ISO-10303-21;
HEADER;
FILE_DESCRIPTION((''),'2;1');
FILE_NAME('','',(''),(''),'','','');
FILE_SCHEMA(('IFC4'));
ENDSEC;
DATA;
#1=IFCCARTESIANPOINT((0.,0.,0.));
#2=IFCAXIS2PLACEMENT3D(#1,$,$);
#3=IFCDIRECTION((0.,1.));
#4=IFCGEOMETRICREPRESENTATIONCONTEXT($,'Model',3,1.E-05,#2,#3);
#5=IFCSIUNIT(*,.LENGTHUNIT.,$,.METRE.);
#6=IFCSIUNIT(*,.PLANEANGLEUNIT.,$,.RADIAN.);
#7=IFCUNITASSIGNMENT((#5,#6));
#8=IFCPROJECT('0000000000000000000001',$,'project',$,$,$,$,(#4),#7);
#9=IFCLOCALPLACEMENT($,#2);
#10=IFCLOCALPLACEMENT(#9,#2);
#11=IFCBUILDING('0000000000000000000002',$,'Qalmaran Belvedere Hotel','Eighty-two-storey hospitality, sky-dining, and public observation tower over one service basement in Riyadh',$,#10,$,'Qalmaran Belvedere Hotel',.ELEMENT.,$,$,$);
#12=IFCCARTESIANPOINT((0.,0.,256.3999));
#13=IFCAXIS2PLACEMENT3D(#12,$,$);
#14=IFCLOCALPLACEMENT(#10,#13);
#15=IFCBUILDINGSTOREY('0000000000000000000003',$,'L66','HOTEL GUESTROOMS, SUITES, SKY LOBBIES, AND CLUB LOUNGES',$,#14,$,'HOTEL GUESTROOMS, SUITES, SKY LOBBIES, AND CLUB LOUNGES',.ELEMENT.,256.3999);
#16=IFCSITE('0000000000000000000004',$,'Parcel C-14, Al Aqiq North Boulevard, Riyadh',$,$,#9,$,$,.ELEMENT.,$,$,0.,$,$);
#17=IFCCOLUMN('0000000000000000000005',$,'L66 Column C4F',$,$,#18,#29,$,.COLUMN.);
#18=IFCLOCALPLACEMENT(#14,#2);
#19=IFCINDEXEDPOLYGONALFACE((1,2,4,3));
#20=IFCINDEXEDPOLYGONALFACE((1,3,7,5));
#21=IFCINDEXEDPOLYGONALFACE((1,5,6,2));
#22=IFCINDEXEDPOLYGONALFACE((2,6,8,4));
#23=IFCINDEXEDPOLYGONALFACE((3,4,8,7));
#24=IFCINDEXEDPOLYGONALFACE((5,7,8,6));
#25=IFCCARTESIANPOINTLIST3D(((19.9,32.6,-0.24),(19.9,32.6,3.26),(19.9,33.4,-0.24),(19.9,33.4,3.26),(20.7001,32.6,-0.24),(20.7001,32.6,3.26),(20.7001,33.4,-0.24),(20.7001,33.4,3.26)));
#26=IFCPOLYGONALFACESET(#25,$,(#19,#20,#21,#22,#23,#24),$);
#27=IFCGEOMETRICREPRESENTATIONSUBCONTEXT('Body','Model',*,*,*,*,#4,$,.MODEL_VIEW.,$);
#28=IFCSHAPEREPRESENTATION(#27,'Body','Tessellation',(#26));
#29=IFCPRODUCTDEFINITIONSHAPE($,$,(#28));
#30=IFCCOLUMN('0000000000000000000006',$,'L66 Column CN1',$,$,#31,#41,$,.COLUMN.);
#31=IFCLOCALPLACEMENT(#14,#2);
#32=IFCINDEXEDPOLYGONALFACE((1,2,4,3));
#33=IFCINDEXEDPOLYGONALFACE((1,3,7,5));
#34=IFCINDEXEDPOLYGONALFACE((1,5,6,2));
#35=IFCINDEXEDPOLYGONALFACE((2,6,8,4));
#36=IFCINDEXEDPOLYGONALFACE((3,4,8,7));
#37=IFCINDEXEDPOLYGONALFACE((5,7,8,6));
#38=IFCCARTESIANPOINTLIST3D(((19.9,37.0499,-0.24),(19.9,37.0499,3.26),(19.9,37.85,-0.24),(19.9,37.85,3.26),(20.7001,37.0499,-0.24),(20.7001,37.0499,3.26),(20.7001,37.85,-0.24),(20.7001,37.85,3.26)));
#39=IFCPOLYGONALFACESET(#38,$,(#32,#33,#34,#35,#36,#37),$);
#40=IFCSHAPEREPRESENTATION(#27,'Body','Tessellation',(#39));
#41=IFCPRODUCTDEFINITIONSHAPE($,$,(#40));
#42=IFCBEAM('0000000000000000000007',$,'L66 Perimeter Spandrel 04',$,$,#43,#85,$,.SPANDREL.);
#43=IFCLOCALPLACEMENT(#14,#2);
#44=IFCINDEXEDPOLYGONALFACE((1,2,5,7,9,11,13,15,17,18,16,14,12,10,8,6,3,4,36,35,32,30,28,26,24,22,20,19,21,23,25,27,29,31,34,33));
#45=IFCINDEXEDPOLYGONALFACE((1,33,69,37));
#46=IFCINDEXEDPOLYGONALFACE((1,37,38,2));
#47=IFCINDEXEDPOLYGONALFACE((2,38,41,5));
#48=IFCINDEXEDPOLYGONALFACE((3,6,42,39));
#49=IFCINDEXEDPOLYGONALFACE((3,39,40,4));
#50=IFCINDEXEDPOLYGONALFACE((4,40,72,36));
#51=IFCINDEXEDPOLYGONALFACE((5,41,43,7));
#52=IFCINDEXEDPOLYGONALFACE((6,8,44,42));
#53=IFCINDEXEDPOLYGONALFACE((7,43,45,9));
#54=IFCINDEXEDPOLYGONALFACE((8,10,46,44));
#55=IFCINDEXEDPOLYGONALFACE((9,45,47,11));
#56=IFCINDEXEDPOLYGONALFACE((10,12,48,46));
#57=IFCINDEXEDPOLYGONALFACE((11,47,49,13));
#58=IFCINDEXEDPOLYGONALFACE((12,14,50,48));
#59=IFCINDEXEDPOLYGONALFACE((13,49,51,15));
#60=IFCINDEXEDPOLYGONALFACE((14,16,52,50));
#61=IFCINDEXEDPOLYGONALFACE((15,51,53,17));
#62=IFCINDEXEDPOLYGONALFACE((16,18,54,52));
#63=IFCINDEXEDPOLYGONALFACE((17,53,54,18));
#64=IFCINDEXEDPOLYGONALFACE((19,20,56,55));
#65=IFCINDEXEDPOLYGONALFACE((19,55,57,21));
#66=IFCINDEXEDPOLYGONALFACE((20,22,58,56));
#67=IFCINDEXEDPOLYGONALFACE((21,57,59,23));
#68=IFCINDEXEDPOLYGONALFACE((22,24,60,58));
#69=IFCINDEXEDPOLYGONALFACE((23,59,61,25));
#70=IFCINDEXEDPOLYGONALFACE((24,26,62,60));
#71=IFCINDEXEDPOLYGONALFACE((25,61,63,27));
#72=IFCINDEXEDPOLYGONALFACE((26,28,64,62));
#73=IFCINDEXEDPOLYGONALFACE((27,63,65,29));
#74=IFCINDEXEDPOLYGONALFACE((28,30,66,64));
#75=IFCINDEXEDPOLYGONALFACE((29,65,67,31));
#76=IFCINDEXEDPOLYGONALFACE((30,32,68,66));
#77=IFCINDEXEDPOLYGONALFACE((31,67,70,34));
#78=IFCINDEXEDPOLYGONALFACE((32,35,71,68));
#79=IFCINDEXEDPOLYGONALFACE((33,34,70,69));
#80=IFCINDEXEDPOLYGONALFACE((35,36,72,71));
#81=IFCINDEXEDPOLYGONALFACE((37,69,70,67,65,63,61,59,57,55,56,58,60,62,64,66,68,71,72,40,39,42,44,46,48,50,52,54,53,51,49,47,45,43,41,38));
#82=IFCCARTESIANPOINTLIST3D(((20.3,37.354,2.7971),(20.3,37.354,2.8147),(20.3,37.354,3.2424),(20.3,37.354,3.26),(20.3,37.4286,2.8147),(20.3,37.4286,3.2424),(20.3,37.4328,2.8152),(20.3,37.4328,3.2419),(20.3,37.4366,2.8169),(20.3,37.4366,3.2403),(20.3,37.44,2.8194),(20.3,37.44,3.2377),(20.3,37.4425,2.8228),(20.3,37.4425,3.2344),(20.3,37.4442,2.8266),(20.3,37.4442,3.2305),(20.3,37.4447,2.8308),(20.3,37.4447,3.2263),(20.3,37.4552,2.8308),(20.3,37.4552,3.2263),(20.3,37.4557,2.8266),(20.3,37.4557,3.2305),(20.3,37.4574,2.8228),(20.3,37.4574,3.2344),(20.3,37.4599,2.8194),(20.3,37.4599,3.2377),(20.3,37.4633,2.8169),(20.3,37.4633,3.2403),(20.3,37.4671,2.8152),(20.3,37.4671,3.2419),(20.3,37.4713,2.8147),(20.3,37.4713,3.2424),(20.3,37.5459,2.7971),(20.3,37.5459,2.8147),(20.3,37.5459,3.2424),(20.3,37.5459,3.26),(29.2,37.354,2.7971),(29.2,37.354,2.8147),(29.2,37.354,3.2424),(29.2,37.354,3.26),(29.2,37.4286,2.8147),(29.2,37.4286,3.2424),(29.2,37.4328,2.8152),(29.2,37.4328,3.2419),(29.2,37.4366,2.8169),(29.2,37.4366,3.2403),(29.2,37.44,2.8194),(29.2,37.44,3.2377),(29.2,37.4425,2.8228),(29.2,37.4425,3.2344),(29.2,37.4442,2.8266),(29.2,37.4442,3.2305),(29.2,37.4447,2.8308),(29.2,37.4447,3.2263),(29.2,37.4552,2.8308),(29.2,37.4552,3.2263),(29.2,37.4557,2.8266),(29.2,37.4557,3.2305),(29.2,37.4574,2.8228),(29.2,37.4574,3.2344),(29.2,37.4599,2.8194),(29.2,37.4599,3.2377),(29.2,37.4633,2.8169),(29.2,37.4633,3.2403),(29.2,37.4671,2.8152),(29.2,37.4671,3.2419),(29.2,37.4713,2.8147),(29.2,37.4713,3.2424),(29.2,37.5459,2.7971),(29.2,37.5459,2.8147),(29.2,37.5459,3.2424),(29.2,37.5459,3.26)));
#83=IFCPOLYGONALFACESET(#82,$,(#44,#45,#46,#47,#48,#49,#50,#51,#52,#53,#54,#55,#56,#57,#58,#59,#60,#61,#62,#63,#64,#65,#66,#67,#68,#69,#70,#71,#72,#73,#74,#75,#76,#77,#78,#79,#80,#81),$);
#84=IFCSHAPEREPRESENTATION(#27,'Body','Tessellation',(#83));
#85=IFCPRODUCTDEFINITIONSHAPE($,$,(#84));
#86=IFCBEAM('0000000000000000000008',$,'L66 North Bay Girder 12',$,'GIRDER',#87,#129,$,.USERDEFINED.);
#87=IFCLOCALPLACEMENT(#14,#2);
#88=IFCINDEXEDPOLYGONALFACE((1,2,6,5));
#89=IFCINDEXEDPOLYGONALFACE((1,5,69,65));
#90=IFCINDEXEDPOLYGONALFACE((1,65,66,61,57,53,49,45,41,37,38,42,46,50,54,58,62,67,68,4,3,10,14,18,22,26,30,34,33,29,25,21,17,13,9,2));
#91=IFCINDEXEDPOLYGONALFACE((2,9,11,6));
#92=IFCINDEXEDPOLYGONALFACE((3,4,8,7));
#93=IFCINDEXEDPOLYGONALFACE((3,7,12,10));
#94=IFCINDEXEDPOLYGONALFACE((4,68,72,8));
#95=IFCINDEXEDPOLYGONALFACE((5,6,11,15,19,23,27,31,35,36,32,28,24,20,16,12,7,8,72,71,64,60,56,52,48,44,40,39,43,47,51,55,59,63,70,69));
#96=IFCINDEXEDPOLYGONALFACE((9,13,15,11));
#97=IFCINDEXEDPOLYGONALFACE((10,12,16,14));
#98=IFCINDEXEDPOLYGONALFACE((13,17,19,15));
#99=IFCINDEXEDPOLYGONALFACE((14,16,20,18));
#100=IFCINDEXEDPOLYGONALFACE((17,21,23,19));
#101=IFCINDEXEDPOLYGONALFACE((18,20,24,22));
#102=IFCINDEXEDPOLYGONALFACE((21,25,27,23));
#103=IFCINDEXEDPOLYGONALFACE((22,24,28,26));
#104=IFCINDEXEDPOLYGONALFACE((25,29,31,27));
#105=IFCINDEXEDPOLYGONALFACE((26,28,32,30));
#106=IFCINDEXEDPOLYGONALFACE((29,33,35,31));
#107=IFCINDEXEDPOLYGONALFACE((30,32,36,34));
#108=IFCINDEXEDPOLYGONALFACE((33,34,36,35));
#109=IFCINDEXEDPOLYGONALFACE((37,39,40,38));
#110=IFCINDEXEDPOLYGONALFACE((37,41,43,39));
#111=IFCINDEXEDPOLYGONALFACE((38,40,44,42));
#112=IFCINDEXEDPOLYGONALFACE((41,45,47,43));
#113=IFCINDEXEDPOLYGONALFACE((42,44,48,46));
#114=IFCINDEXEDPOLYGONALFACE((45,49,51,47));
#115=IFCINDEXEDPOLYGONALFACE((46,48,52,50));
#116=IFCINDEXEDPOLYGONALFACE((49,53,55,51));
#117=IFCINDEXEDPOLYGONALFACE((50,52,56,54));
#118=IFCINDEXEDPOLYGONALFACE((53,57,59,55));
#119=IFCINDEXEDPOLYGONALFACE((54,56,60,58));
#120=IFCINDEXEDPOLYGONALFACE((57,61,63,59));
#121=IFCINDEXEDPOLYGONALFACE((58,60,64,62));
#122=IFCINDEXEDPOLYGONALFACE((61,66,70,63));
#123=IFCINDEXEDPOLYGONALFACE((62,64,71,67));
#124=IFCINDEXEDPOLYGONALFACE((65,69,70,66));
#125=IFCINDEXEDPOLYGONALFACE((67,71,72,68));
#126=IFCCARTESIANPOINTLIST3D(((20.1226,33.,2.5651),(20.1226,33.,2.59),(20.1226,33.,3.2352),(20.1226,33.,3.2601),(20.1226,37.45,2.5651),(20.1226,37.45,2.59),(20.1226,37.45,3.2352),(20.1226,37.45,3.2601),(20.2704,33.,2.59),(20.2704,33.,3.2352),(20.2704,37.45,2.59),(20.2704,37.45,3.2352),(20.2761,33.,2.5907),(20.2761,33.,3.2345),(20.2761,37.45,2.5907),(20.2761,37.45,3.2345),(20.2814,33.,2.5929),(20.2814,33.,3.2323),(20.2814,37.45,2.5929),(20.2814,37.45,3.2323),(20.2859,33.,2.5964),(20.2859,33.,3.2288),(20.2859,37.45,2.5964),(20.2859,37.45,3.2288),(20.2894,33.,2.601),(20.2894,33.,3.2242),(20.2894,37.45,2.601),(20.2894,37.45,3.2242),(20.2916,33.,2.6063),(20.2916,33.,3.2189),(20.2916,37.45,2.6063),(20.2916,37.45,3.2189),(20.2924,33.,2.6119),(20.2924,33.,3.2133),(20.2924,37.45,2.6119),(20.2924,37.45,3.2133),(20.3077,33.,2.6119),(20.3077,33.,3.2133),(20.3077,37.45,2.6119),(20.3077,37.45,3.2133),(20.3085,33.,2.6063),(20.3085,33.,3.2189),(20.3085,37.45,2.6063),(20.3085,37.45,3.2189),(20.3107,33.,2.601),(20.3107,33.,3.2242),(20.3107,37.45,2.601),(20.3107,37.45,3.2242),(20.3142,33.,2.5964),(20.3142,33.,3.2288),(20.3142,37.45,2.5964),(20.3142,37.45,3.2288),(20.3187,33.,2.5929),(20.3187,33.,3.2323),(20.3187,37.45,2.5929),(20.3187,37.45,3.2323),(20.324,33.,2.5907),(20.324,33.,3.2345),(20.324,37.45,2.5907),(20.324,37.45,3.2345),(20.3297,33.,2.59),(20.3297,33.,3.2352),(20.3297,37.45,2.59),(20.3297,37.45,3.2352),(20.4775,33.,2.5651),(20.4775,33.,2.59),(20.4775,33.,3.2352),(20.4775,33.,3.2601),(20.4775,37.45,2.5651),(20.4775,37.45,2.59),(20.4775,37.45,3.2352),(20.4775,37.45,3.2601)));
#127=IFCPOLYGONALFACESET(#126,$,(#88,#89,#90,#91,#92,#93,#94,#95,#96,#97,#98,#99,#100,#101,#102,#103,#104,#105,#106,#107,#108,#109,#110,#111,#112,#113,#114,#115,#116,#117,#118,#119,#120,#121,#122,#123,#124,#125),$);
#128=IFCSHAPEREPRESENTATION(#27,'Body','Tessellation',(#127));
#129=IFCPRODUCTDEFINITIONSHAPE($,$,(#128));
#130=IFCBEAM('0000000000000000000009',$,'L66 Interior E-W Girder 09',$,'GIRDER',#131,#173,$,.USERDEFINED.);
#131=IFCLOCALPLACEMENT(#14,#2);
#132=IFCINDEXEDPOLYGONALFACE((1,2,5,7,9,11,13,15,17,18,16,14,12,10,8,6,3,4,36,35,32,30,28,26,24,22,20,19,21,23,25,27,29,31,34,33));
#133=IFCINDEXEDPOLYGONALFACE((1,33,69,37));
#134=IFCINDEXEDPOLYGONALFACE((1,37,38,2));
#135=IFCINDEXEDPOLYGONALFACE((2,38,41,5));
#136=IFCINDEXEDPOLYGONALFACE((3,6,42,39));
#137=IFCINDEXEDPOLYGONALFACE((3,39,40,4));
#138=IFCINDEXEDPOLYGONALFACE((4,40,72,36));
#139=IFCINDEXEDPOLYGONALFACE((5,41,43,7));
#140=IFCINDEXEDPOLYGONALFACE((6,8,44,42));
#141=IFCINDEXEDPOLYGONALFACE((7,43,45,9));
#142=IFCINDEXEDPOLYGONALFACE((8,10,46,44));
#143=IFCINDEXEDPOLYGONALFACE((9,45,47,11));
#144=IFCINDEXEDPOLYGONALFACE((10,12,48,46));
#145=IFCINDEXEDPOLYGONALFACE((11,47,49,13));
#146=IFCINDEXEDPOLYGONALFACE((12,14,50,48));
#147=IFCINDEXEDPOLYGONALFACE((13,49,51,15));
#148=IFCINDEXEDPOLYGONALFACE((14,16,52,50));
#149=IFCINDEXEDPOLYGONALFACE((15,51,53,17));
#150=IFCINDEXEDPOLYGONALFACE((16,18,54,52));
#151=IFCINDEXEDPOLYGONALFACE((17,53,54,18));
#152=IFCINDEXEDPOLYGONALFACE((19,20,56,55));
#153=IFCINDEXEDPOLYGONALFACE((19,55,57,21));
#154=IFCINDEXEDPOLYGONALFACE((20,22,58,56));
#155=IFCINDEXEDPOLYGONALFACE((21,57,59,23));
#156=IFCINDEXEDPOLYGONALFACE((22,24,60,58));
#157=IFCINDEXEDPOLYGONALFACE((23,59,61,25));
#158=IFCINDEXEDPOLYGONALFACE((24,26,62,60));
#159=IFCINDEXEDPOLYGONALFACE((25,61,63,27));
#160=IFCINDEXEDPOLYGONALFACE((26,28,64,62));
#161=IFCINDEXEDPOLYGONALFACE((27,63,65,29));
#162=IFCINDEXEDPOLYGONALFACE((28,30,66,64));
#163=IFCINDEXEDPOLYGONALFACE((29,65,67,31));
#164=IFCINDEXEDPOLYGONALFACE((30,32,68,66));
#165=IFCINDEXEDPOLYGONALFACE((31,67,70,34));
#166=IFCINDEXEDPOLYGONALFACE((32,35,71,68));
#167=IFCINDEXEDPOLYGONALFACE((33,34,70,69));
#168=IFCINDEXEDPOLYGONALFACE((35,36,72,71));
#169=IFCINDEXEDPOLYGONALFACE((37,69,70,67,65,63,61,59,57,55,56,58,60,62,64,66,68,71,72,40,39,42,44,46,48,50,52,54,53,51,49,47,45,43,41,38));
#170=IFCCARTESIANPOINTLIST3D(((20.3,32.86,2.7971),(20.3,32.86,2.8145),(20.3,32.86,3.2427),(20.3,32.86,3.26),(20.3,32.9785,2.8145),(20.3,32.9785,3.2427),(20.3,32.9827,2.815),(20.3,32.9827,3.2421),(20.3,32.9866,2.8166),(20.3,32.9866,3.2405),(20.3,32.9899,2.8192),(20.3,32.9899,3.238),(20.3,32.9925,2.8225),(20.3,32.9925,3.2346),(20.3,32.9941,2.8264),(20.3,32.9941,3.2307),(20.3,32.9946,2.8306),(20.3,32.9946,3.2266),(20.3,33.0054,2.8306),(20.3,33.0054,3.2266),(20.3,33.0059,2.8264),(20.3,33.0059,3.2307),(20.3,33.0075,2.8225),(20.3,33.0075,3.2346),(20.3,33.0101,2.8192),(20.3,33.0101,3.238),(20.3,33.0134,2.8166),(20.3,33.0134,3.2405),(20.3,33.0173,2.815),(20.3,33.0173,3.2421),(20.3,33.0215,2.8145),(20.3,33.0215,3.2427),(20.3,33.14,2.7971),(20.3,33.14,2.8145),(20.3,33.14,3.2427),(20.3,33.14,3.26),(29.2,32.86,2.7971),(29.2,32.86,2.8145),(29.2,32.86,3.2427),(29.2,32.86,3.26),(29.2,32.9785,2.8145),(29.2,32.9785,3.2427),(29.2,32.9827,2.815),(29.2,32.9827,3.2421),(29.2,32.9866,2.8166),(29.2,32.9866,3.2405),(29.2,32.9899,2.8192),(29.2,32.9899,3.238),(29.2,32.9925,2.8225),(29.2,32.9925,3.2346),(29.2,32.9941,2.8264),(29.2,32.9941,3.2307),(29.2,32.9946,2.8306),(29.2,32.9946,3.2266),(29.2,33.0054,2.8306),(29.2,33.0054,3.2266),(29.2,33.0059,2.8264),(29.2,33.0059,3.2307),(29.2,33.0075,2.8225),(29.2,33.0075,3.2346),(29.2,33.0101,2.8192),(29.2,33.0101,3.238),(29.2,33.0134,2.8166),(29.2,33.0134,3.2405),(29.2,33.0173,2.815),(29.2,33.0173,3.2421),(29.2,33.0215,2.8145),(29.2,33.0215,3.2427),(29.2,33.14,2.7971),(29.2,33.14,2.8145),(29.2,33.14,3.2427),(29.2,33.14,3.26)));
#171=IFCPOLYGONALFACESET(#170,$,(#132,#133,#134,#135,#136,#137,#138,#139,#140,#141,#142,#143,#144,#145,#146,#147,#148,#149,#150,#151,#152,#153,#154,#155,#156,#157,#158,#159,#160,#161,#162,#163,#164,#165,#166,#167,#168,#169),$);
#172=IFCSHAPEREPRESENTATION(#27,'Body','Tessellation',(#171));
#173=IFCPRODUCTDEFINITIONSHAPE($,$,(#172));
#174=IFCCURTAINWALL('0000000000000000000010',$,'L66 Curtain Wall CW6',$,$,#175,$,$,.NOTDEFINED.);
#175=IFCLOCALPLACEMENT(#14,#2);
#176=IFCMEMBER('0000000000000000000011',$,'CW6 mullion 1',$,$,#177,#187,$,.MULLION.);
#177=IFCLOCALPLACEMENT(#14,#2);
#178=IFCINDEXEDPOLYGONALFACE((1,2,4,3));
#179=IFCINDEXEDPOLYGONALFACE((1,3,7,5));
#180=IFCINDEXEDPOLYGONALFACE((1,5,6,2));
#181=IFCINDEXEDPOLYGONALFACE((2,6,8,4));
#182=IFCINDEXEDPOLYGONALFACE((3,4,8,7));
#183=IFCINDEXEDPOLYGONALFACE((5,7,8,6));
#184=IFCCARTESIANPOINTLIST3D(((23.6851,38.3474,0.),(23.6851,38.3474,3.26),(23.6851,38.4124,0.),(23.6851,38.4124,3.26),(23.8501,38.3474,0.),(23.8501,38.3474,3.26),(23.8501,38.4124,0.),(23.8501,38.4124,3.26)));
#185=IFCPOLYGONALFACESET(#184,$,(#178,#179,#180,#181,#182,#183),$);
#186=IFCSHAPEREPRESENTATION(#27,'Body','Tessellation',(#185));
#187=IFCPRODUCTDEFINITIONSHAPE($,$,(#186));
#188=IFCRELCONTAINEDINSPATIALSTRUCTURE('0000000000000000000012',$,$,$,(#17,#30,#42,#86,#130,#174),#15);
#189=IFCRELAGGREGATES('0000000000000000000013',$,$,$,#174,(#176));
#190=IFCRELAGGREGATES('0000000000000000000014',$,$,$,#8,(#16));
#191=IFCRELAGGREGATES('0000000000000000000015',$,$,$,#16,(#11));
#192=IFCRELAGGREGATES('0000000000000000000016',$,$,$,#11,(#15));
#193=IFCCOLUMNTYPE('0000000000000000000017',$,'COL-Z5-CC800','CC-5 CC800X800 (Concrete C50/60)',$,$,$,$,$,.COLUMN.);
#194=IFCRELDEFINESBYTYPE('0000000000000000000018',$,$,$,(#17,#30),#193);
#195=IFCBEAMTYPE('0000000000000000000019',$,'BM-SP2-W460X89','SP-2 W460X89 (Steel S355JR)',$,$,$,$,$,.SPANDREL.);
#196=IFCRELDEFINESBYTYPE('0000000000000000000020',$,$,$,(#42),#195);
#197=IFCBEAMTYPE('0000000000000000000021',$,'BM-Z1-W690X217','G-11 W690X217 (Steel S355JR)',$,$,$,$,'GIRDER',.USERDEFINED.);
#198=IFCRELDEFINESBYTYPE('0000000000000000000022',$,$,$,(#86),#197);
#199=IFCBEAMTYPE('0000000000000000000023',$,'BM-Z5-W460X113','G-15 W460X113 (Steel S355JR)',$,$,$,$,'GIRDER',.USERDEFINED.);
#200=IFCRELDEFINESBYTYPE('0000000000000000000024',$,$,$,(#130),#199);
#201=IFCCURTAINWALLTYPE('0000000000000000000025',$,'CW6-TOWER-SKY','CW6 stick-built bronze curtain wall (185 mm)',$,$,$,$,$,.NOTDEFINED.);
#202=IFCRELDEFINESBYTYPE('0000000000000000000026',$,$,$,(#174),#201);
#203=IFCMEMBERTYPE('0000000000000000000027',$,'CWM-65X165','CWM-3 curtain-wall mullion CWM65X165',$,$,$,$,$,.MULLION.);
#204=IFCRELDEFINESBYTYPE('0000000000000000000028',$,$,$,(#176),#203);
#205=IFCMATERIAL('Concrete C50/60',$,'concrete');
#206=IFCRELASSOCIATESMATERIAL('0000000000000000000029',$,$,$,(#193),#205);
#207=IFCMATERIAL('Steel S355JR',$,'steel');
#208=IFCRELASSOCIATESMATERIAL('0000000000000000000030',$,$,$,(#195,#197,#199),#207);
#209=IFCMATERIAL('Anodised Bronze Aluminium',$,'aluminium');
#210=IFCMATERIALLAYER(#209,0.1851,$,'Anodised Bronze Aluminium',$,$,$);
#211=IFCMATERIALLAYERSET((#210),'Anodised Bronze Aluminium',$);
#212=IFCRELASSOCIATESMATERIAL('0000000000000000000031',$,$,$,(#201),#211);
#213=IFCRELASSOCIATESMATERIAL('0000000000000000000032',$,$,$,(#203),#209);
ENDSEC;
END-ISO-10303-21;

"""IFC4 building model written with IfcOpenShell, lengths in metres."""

from ifc_helpers import new_model, si_unit, direction, frame, origin, origin_2d, place, context, subcontext, project, spatial, rectangle, i_section, extrude, material, layer, layer_set, material_profile, profile_set, type_object, element, aggregate, save


model = new_model("IFC4")

# Units and contexts
model_context = context("Model", 3, precision=1e-05, world=origin(), true_north=direction((0.0, 1.0)))
body_context = subcontext(model_context, "Body", "Model", "MODEL_VIEW")
ifc_project = project(units=[si_unit("LENGTHUNIT", "METRE"), si_unit("PLANEANGLEUNIT", "RADIAN")], contexts=[model_context])

# Site, building, storey
site_placement = place(None, origin())
site = spatial("IfcSite", under=ifc_project, at=site_placement, Name="Parcel C-14, Al Aqiq North Boulevard, Riyadh", CompositionType="ELEMENT", RefElevation=0.0)
building_placement = place(site_placement, origin())
building = spatial("IfcBuilding", under=site, at=building_placement, Name="Qalmaran Belvedere Hotel", Description="Eighty-two-storey hospitality, sky-dining, and public observation tower over one service basement in Riyadh", LongName="Qalmaran Belvedere Hotel", CompositionType="ELEMENT")
storey_placement = place(building_placement, frame((0.0, 0.0, 256.3999)))
storey = spatial("IfcBuildingStorey", under=building, at=storey_placement, Name="L66", Description="HOTEL GUESTROOMS, SUITES, SKY LOBBIES, AND CLUB LOUNGES", LongName="HOTEL GUESTROOMS, SUITES, SKY LOBBIES, AND CLUB LOUNGES", CompositionType="ELEMENT", Elevation=256.3999)

# Columns
ifc_material_1 = material(Name="Concrete C50/60", Category="concrete")
ifc_material_profile_1 = material_profile(ifc_material_1, rectangle(XDim=0.8, YDim=0.8, at=origin_2d()), Name="CC800X800")
ifc_profile_set_1 = profile_set([ifc_material_profile_1], Name="Concrete C50/60")
column_type = type_object("IfcColumnType", Name="COL-Z5-CC800", Description="CC-5 CC800X800 (Concrete C50/60)", PredefinedType="COLUMN", material=ifc_profile_set_1)
for number, where, z_axis, x_axis, name in (
    (1, (20.3, 33.0, -0.24), (0.0, 0.0, 1.0), (1.0, 0.0, 0.0), "L66 Column C4F"),
    (2, (20.3, 37.45, -0.24), (0.0, 0.0, 1.0), (1.0, 0.0, 0.0), "L66 Column CN1"),
):
    element("IfcColumn", number, at=place(storey_placement, frame(where, z_axis=z_axis, x_axis=x_axis)), inside=storey, type_object=column_type, Name=name, PredefinedType="COLUMN", context=body_context, shape_type="SweptSolid", body=[
        extrude(rectangle(XDim=0.8, YDim=0.8, at=origin_2d()), origin(), (0.0, 0.0, 1.0), 3.5),
    ])

# Beams
ifc_material_2 = material(Name="Steel S355JR", Category="steel")
ifc_material_profile_2 = material_profile(ifc_material_2, i_section(OverallWidth=0.1919, OverallDepth=0.4629, WebThickness=0.0105, FlangeThickness=0.0176, FilletRadius=0.0161, at=origin_2d()), Name="W460X89")
ifc_profile_set_2 = profile_set([ifc_material_profile_2], Name="Steel S355JR")
beam_type_1 = type_object("IfcBeamType", Name="BM-SP2-W460X89", Description="SP-2 W460X89 (Steel S355JR)", PredefinedType="SPANDREL", material=ifc_profile_set_2)
beam_1_placement = place(storey_placement, frame((20.3, 37.45, 3.0286), z_axis=(1.0, 0.0, 0.0), x_axis=(0.0, 1.0, 0.0)))
element("IfcBeam", 3, at=beam_1_placement, inside=storey, type_object=beam_type_1, Name="L66 Perimeter Spandrel 04", PredefinedType="SPANDREL", context=body_context, shape_type="SweptSolid", body=[
    extrude(i_section(OverallWidth=0.1919, OverallDepth=0.4629, WebThickness=0.0105, FlangeThickness=0.0176, FilletRadius=0.0161, at=origin_2d()), origin(), (0.0, 0.0, 1.0), 8.8999),
])
ifc_material_profile_3 = material_profile(ifc_material_2, i_section(OverallWidth=0.355, OverallDepth=0.6951, WebThickness=0.0154, FlangeThickness=0.0249, FilletRadius=0.022, at=origin_2d()), Name="W690X217")
ifc_profile_set_3 = profile_set([ifc_material_profile_3], Name="Steel S355JR")
beam_type_2 = type_object("IfcBeamType", Name="BM-Z1-W690X217", Description="G-11 W690X217 (Steel S355JR)", ElementType="GIRDER", PredefinedType="USERDEFINED", material=ifc_profile_set_3)
beam_2_placement = place(storey_placement, frame((20.3, 33.0, 2.9126), z_axis=(0.0, 1.0, 0.0), x_axis=(-1.0, 0.0, 0.0)))
element("IfcBeam", 4, at=beam_2_placement, inside=storey, type_object=beam_type_2, Name="L66 North Bay Girder 12", ObjectType="GIRDER", PredefinedType="USERDEFINED", context=body_context, shape_type="SweptSolid", body=[
    extrude(i_section(OverallWidth=0.355, OverallDepth=0.6951, WebThickness=0.0154, FlangeThickness=0.0249, FilletRadius=0.022, at=origin_2d()), origin(), (0.0, 0.0, 1.0), 4.45),
])
ifc_material_profile_4 = material_profile(ifc_material_2, i_section(OverallWidth=0.28, OverallDepth=0.4629, WebThickness=0.0107, FlangeThickness=0.0173, FilletRadius=0.0161, at=origin_2d()), Name="W460X113")
ifc_profile_set_4 = profile_set([ifc_material_profile_4], Name="Steel S355JR")
beam_type_3 = type_object("IfcBeamType", Name="BM-Z5-W460X113", Description="G-15 W460X113 (Steel S355JR)", ElementType="GIRDER", PredefinedType="USERDEFINED", material=ifc_profile_set_4)
beam_3_placement = place(storey_placement, frame((20.3, 33.0, 3.0286), z_axis=(1.0, 0.0, 0.0), x_axis=(0.0, 1.0, 0.0)))
element("IfcBeam", 5, at=beam_3_placement, inside=storey, type_object=beam_type_3, Name="L66 Interior E-W Girder 09", ObjectType="GIRDER", PredefinedType="USERDEFINED", context=body_context, shape_type="SweptSolid", body=[
    extrude(i_section(OverallWidth=0.28, OverallDepth=0.4629, WebThickness=0.0107, FlangeThickness=0.0173, FilletRadius=0.0161, at=origin_2d()), origin(), (0.0, 0.0, 1.0), 8.8999),
])

# Curtain wall, member
ifc_material_3 = material(Name="Anodised Bronze Aluminium", Category="aluminium")
ifc_layer_1 = layer(ifc_material_3, 0.1851, Name="Anodised Bronze Aluminium")
ifc_layer_set_1 = layer_set([ifc_layer_1], Name="Anodised Bronze Aluminium")
curtain_wall_type = type_object("IfcCurtainWallType", Name="CW6-TOWER-SKY", Description="CW6 stick-built bronze curtain wall (185 mm)", PredefinedType="NOTDEFINED", material=ifc_layer_set_1)
curtain_wall_1_placement = place(storey_placement, origin())
curtain_wall_1 = element("IfcCurtainWall", 6, at=curtain_wall_1_placement, inside=storey, type_object=curtain_wall_type, Name="L66 Curtain Wall CW6", PredefinedType="NOTDEFINED")
ifc_material_profile_5 = material_profile(ifc_material_3, rectangle(XDim=0.0649, YDim=0.165, at=origin_2d()), Name="CWM65X165")
ifc_profile_set_5 = profile_set([ifc_material_profile_5], Name="Anodised Bronze Aluminium")
member_type_1 = type_object("IfcMemberType", Name="CWM-65X165", Description="CWM-3 curtain-wall mullion CWM65X165", PredefinedType="MULLION", material=ifc_profile_set_5)
member_1_placement = place(storey_placement, frame((23.7676, 38.3799, 0.0), z_axis=(0.0, 0.0, 1.0), x_axis=(0.0, -1.0, 0.0)))
member_1 = element("IfcMember", 7, at=member_1_placement, type_object=member_type_1, Name="CW6 mullion 1", PredefinedType="MULLION", context=body_context, shape_type="SweptSolid", body=[
    extrude(rectangle(XDim=0.0649, YDim=0.165, at=origin_2d()), origin(), (0.0, 0.0, 1.0), 3.26),
])

aggregate(curtain_wall_1, [member_1])

save(model, "model.ifc")
